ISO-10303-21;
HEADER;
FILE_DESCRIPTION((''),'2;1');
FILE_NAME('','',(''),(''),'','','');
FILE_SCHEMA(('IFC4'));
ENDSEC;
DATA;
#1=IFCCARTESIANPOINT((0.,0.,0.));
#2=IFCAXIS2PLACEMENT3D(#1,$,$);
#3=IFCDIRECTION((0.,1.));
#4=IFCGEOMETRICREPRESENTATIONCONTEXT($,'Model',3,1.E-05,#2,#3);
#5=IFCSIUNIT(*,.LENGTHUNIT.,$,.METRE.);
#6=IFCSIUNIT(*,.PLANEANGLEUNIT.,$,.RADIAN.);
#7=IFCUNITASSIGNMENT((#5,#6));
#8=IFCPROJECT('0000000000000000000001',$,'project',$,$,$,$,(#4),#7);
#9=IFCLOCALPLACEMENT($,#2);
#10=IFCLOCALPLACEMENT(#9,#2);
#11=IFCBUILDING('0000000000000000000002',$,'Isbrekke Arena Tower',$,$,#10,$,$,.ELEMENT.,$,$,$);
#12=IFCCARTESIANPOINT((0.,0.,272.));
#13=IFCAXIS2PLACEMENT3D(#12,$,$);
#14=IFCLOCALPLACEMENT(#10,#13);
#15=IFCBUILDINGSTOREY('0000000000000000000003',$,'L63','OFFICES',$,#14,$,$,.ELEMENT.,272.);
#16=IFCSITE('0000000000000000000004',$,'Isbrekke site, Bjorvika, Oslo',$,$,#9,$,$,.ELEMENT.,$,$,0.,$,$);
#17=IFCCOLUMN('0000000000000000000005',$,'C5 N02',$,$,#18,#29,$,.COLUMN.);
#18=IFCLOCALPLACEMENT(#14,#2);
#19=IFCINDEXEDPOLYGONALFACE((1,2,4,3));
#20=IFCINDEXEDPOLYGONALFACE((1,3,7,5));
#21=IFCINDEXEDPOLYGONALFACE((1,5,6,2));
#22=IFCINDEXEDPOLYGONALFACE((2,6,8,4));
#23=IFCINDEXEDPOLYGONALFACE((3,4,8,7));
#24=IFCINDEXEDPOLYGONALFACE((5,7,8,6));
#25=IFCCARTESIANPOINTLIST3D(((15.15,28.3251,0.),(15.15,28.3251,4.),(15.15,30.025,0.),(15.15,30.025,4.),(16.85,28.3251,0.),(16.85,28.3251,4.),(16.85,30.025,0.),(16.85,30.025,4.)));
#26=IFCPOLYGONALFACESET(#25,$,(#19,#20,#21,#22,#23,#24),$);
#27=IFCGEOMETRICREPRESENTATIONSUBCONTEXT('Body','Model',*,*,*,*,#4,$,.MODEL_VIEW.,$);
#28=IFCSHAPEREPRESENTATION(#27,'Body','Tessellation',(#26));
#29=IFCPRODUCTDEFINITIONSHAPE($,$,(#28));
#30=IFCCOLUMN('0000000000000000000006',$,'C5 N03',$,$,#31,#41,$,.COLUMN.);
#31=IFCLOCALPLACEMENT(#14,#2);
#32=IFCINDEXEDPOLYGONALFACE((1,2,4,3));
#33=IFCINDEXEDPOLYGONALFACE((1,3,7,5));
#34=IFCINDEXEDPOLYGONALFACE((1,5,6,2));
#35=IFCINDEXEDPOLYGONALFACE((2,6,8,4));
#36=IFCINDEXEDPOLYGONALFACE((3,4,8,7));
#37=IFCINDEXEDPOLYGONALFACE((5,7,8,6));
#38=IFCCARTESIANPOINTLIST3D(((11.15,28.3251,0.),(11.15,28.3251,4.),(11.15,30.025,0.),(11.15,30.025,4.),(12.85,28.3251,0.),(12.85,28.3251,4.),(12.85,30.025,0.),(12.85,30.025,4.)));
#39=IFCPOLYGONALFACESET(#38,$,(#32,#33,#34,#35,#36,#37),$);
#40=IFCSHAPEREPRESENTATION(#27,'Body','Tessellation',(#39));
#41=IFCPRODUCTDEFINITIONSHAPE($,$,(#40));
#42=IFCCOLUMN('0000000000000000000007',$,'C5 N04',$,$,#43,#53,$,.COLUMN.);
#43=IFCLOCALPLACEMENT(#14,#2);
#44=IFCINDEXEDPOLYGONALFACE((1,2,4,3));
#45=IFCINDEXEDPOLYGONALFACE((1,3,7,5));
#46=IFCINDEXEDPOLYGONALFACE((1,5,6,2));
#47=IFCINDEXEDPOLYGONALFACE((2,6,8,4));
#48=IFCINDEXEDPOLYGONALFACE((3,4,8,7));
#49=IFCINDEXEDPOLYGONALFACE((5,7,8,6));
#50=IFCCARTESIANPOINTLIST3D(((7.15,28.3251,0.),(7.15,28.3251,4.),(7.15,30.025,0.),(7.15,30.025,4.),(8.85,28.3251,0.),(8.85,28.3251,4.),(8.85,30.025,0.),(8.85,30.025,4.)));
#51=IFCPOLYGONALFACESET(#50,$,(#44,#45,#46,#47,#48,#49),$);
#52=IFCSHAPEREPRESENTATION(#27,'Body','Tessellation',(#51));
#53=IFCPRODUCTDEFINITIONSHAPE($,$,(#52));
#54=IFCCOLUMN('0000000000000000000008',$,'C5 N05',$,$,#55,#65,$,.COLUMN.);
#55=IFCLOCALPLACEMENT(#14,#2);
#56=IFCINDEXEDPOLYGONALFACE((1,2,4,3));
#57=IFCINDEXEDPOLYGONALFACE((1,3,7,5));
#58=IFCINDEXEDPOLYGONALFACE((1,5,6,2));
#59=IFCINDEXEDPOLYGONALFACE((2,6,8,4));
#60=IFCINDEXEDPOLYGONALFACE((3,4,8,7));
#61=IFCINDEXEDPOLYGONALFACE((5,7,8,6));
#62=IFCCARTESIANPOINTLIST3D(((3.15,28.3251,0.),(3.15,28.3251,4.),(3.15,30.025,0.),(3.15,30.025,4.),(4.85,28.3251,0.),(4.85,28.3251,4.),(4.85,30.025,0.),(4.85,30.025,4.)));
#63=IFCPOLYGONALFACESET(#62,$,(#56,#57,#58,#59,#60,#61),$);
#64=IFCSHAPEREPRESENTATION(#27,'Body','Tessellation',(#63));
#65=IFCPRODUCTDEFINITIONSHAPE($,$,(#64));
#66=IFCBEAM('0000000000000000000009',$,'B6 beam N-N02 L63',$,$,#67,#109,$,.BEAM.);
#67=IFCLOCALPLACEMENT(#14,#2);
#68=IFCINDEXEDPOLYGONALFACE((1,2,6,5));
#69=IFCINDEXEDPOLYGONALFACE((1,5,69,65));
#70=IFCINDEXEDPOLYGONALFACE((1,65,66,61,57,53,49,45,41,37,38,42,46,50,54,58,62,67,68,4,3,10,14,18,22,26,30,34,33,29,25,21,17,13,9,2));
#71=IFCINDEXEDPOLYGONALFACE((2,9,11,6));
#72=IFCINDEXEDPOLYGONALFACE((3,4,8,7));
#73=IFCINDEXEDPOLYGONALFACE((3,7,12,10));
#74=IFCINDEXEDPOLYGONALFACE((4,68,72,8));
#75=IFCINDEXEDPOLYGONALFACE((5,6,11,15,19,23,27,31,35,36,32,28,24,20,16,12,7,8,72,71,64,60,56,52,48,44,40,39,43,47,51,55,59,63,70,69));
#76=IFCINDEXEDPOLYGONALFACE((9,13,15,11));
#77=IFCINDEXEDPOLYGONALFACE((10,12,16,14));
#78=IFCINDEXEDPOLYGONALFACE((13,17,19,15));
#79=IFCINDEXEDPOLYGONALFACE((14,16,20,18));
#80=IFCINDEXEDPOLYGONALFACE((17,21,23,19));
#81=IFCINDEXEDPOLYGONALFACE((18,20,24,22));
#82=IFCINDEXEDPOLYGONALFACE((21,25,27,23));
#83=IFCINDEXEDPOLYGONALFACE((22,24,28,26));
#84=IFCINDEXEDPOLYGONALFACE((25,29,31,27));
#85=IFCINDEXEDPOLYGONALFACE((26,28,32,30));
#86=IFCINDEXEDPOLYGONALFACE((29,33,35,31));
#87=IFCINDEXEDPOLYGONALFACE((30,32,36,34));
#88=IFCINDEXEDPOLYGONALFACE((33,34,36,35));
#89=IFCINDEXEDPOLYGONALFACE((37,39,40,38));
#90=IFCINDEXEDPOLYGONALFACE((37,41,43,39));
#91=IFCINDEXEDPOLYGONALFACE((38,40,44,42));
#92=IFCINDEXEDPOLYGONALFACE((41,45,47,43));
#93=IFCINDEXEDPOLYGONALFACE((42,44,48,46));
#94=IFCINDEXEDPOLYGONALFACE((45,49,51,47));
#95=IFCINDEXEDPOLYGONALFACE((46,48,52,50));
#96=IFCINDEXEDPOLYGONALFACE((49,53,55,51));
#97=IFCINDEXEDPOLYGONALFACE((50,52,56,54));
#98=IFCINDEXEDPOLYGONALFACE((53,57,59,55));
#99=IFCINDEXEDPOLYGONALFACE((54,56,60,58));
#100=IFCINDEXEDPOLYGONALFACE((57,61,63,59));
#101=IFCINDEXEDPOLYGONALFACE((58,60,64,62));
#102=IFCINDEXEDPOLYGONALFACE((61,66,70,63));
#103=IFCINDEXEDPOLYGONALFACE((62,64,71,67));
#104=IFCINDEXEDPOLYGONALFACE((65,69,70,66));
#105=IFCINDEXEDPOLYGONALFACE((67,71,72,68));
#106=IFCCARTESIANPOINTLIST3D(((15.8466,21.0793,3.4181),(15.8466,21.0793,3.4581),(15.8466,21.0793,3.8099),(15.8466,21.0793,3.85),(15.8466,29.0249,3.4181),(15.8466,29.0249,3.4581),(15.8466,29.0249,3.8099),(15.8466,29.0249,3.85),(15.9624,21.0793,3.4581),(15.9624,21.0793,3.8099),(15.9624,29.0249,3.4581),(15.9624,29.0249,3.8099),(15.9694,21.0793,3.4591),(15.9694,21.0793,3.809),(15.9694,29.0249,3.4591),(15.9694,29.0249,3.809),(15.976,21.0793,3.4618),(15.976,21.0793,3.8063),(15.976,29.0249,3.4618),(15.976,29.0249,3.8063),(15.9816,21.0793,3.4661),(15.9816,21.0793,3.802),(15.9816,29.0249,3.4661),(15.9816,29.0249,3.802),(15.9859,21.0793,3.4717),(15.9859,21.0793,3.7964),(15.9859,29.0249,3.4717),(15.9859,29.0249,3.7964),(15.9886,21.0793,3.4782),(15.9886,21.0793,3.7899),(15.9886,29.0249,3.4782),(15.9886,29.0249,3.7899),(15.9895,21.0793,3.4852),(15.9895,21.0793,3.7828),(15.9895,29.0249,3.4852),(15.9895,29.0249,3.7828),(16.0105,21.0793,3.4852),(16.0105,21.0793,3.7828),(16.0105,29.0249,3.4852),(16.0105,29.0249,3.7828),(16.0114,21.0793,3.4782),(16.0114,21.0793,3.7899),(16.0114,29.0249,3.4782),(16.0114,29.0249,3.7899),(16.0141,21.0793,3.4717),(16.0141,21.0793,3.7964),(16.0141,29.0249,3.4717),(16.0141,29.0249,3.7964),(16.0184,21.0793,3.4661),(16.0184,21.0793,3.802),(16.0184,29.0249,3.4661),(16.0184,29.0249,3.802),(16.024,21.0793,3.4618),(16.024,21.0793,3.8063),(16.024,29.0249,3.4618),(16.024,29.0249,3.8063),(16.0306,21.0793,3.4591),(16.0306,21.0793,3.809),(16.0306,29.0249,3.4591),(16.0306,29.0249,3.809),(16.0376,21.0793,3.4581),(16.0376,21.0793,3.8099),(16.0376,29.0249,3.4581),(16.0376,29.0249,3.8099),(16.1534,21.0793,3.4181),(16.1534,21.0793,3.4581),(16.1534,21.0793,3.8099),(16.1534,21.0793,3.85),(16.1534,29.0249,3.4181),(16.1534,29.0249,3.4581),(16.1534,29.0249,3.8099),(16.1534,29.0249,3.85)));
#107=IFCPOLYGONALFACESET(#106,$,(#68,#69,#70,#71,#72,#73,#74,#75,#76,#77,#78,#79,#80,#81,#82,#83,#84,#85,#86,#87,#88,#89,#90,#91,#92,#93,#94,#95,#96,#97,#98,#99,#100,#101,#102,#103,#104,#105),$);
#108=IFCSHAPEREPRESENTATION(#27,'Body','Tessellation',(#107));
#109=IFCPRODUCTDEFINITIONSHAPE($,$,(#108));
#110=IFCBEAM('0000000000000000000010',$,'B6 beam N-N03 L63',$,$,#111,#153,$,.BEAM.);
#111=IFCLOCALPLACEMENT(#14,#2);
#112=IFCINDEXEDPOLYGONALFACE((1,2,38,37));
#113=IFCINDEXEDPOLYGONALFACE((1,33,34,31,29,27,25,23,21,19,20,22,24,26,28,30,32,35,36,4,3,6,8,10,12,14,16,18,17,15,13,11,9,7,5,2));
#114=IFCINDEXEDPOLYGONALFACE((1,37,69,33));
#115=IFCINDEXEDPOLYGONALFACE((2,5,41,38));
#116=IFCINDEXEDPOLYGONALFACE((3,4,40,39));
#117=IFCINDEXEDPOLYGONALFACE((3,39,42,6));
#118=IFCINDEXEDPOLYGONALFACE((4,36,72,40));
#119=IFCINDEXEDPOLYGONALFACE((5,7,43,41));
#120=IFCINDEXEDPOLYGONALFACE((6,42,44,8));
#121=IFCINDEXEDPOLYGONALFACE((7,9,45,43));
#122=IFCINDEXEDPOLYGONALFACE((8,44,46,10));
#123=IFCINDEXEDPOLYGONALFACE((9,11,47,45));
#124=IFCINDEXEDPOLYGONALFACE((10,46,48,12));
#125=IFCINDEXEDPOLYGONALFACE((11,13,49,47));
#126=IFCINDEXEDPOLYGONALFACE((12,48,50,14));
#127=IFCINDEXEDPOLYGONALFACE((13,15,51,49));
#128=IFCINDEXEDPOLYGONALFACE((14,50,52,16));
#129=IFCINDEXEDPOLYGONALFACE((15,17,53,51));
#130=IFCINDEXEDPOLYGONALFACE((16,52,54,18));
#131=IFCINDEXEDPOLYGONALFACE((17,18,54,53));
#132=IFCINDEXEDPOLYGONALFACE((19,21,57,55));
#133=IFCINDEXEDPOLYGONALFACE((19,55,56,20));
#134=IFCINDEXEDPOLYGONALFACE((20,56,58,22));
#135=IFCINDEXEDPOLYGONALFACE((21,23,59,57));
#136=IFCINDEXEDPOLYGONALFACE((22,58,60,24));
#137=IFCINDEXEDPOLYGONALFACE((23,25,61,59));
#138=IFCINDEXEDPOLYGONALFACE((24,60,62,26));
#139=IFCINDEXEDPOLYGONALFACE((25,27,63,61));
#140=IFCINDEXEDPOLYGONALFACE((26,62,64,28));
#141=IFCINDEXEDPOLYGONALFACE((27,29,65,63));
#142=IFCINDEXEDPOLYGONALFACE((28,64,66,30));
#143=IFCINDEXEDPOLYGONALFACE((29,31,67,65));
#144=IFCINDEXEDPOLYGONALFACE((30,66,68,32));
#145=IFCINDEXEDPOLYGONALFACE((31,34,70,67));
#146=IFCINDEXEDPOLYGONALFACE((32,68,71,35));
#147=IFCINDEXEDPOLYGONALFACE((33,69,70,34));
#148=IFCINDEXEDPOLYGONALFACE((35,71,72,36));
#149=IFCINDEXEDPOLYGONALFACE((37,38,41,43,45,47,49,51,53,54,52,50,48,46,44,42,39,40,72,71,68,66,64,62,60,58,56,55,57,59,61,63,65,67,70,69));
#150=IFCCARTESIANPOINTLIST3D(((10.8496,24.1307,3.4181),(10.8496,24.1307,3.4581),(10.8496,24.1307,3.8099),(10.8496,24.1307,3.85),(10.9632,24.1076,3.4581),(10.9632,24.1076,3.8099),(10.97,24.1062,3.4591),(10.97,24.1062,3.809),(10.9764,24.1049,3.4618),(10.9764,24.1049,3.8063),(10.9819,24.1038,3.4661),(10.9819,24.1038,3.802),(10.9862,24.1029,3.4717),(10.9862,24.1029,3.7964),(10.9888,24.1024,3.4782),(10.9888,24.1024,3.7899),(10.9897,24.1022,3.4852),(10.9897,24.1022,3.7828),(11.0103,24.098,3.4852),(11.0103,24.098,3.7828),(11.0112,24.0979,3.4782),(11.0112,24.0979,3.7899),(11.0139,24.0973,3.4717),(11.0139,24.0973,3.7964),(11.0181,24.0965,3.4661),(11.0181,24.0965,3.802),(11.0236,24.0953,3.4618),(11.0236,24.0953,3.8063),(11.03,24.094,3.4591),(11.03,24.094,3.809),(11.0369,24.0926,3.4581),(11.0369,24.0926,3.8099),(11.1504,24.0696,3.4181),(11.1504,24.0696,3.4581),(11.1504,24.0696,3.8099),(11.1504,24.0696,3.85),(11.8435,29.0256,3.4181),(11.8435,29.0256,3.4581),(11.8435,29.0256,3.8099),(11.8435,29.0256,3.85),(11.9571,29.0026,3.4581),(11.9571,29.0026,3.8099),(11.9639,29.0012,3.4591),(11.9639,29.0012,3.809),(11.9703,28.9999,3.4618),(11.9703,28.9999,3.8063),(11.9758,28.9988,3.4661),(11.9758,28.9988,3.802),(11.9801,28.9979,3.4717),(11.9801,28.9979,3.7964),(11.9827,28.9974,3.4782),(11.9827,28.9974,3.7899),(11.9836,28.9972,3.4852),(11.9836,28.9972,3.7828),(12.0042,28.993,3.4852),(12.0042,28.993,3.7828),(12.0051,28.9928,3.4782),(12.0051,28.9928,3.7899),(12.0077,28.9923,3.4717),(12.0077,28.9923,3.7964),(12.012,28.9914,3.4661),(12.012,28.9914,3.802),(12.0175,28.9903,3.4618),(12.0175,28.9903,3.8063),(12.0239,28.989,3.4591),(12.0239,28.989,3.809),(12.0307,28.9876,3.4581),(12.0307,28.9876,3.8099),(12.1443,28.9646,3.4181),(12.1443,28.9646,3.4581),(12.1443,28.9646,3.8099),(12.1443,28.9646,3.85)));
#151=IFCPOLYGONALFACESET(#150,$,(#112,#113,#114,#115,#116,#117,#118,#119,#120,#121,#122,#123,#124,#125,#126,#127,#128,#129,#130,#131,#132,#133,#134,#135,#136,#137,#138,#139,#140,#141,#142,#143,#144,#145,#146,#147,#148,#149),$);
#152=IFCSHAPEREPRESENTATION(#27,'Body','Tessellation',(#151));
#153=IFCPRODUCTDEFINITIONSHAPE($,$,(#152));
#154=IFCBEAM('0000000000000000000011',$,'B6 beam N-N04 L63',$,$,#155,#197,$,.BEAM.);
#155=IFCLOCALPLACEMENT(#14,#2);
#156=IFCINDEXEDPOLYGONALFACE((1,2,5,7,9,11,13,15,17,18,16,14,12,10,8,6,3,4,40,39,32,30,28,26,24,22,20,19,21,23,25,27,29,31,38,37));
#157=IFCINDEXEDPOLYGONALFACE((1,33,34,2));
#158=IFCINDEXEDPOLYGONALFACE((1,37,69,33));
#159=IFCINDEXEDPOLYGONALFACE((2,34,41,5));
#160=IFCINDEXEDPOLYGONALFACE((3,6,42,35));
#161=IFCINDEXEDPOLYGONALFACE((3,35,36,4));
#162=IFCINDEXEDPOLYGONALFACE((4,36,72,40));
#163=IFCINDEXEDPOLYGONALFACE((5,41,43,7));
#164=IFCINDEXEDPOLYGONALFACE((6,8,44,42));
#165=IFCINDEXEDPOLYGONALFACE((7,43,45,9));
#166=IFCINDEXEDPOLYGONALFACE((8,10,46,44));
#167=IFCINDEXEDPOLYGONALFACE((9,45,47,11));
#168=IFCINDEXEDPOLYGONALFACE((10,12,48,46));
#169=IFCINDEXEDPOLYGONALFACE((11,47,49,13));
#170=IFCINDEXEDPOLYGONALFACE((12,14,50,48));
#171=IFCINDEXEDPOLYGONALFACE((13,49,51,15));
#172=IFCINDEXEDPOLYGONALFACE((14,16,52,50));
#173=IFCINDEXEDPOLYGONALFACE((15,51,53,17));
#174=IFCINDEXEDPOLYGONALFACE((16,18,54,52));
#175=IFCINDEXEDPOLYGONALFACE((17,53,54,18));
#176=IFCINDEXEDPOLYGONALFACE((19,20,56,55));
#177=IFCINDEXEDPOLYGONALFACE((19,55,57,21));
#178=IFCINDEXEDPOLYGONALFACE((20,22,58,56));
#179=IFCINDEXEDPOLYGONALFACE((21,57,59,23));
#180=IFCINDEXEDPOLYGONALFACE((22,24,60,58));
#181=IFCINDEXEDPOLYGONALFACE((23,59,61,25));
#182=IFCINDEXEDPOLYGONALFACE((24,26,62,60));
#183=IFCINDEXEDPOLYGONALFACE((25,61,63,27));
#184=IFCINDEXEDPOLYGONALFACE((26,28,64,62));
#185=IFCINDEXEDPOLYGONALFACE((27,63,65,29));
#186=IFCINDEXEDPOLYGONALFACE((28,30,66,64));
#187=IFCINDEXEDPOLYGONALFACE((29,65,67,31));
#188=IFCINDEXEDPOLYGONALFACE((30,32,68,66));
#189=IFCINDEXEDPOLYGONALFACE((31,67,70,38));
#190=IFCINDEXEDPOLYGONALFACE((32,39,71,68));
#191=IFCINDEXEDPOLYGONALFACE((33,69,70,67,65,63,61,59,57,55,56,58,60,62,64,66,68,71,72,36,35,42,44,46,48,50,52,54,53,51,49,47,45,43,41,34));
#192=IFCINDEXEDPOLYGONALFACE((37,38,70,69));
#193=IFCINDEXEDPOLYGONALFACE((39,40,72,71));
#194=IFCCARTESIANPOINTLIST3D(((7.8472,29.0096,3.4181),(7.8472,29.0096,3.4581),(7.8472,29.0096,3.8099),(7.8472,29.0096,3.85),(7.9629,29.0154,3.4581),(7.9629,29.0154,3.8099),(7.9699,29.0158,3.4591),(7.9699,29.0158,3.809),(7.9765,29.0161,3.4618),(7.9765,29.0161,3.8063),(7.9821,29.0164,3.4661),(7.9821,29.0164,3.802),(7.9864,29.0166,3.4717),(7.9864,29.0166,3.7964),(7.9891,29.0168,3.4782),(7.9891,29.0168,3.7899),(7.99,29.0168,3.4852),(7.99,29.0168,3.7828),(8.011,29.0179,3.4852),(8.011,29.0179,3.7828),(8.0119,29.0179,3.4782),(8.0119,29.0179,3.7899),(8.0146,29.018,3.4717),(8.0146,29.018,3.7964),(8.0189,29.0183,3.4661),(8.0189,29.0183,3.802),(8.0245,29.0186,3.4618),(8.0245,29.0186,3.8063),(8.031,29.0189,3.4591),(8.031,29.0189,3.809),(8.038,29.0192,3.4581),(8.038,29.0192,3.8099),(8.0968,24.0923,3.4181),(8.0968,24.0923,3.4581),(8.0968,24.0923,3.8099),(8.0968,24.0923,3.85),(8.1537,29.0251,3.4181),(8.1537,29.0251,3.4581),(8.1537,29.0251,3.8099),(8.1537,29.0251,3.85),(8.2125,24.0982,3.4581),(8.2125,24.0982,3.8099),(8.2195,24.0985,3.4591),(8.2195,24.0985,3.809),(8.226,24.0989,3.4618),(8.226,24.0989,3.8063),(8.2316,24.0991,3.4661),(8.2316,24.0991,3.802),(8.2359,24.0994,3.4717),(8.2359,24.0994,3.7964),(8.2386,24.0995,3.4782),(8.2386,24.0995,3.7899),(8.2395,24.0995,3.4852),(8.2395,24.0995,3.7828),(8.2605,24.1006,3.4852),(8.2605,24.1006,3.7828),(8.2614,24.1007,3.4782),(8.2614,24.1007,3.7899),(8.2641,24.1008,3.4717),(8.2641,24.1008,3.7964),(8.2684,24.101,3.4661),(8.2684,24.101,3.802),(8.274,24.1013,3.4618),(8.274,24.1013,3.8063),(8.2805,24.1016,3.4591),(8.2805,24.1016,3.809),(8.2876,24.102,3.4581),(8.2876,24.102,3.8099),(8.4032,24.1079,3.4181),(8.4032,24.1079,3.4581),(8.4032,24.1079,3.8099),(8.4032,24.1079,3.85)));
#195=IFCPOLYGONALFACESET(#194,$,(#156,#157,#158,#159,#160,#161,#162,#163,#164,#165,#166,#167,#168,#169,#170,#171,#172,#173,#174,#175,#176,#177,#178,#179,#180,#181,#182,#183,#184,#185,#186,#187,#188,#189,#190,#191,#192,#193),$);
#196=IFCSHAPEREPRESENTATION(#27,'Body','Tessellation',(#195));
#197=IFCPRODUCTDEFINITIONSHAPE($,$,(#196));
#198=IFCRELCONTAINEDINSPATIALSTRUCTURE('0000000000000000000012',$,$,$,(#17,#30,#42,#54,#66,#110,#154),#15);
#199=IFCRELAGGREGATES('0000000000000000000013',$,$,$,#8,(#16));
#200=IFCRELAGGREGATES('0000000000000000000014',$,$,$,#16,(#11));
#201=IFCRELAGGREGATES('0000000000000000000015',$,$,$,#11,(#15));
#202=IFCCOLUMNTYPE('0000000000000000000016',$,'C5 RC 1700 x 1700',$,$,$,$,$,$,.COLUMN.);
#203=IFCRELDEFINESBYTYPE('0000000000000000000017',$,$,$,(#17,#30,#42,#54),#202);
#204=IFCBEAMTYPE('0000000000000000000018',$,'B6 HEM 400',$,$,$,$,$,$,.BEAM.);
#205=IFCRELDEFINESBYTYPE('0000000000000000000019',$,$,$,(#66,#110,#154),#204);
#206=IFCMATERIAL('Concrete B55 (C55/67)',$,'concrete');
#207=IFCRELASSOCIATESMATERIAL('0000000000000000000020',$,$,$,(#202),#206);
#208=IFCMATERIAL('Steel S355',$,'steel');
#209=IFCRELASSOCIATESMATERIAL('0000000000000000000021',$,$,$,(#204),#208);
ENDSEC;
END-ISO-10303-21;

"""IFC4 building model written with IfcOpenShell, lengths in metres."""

from ifc_helpers import new_model, si_unit, direction, frame, origin, origin_2d, place, context, subcontext, project, spatial, rectangle, i_section, extrude, material, material_profile, profile_set, type_object, element, save


model = new_model("IFC4")

# Units and contexts
model_context = context("Model", 3, precision=1e-05, world=origin(), true_north=direction((0.0, 1.0)))
body_context = subcontext(model_context, "Body", "Model", "MODEL_VIEW")
ifc_project = project(units=[si_unit("LENGTHUNIT", "METRE"), si_unit("PLANEANGLEUNIT", "RADIAN")], contexts=[model_context])

# Site, building, storey
site_placement = place(None, origin())
site = spatial("IfcSite", under=ifc_project, at=site_placement, Name="Isbrekke site, Bjorvika, Oslo", CompositionType="ELEMENT", RefElevation=0.0)
building_placement = place(site_placement, origin())
building = spatial("IfcBuilding", under=site, at=building_placement, Name="Isbrekke Arena Tower", CompositionType="ELEMENT")
storey_placement = place(building_placement, frame((0.0, 0.0, 272.0)))
storey = spatial("IfcBuildingStorey", under=building, at=storey_placement, Name="L63", Description="OFFICES", CompositionType="ELEMENT", Elevation=272.0)

# Columns
ifc_material_1 = material(Name="Concrete B55 (C55/67)", Category="concrete")
ifc_material_profile_1 = material_profile(ifc_material_1, rectangle(XDim=1.7, YDim=1.7, at=origin_2d()), Name="RC 1700x1700")
ifc_profile_set_1 = profile_set([ifc_material_profile_1], Name="Concrete B55 (C55/67)")
column_type = type_object("IfcColumnType", Name="C5 RC 1700 x 1700", PredefinedType="COLUMN", material=ifc_profile_set_1)
for number, where, z_axis, x_axis, name in (
    (1, (16.0, 29.175, 0.0), (0.0, 0.0, 1.0), (-1.0, 0.0, 0.0), "C5 N02"),
    (2, (12.0, 29.175, 0.0), (0.0, 0.0, 1.0), (-1.0, 0.0, 0.0), "C5 N03"),
    (3, (8.0, 29.175, 0.0), (0.0, 0.0, 1.0), (-1.0, 0.0, 0.0), "C5 N04"),
    (4, (4.0, 29.175, 0.0), (0.0, 0.0, 1.0), (-1.0, 0.0, 0.0), "C5 N05"),
):
    element("IfcColumn", number, at=place(storey_placement, frame(where, z_axis=z_axis, x_axis=x_axis)), inside=storey, type_object=column_type, Name=name, PredefinedType="COLUMN", context=body_context, shape_type="SweptSolid", body=[
        extrude(rectangle(XDim=1.7, YDim=1.7, at=origin_2d()), origin(), (0.0, 0.0, 1.0), 4.0),
    ])

# Beams
ifc_material_2 = material(Name="Steel S355", Category="steel")
ifc_material_profile_2 = material_profile(ifc_material_2, i_section(OverallWidth=0.3069, OverallDepth=0.4319, WebThickness=0.021, FlangeThickness=0.04, FilletRadius=0.0271, at=origin_2d()), Name="HEM 400")
ifc_profile_set_2 = profile_set([ifc_material_profile_2], Name="Steel S355")
beam_type_1 = type_object("IfcBeamType", Name="B6 HEM 400", PredefinedType="BEAM", material=ifc_profile_set_2)
beam_1_placement = place(storey_placement, frame((16.0, 29.0249, 3.634), z_axis=(0.0, -1.0, 0.0), x_axis=(1.0, 0.0, 0.0)))
element("IfcBeam", 5, at=beam_1_placement, inside=storey, type_object=beam_type_1, Name="B6 beam N-N02 L63", PredefinedType="BEAM", context=body_context, shape_type="SweptSolid", body=[
    extrude(i_section(OverallWidth=0.3069, OverallDepth=0.4319, WebThickness=0.021, FlangeThickness=0.04, FilletRadius=0.0271, at=origin_2d()), origin(), (0.0, 0.0, 1.0), 7.9456),
])
beam_2_placement = place(storey_placement, frame((11.9939, 28.9951, 3.634), z_axis=(-0.198982, -0.980003, 0.0), x_axis=(0.980003, -0.198982, 0.0)))
element("IfcBeam", 6, at=beam_2_placement, inside=storey, type_object=beam_type_1, Name="B6 beam N-N03 L63", PredefinedType="BEAM", context=body_context, shape_type="SweptSolid", body=[
    extrude(i_section(OverallWidth=0.3069, OverallDepth=0.4319, WebThickness=0.021, FlangeThickness=0.04, FilletRadius=0.0271, at=origin_2d()), origin(), (0.0, 0.0, 1.0), 4.9949),
])
beam_3_placement = place(storey_placement, frame((8.0005, 29.0173, 3.634), z_axis=(0.050677, -0.998715, 0.0), x_axis=(0.998715, 0.050677, 0.0)))
element("IfcBeam", 7, at=beam_3_placement, inside=storey, type_object=beam_type_1, Name="B6 beam N-N04 L63", PredefinedType="BEAM", context=body_context, shape_type="SweptSolid", body=[
    extrude(i_section(OverallWidth=0.3069, OverallDepth=0.4319, WebThickness=0.021, FlangeThickness=0.04, FilletRadius=0.0271, at=origin_2d()), origin(), (0.0, 0.0, 1.0), 4.9236),
])

save(model, "model.ifc")
